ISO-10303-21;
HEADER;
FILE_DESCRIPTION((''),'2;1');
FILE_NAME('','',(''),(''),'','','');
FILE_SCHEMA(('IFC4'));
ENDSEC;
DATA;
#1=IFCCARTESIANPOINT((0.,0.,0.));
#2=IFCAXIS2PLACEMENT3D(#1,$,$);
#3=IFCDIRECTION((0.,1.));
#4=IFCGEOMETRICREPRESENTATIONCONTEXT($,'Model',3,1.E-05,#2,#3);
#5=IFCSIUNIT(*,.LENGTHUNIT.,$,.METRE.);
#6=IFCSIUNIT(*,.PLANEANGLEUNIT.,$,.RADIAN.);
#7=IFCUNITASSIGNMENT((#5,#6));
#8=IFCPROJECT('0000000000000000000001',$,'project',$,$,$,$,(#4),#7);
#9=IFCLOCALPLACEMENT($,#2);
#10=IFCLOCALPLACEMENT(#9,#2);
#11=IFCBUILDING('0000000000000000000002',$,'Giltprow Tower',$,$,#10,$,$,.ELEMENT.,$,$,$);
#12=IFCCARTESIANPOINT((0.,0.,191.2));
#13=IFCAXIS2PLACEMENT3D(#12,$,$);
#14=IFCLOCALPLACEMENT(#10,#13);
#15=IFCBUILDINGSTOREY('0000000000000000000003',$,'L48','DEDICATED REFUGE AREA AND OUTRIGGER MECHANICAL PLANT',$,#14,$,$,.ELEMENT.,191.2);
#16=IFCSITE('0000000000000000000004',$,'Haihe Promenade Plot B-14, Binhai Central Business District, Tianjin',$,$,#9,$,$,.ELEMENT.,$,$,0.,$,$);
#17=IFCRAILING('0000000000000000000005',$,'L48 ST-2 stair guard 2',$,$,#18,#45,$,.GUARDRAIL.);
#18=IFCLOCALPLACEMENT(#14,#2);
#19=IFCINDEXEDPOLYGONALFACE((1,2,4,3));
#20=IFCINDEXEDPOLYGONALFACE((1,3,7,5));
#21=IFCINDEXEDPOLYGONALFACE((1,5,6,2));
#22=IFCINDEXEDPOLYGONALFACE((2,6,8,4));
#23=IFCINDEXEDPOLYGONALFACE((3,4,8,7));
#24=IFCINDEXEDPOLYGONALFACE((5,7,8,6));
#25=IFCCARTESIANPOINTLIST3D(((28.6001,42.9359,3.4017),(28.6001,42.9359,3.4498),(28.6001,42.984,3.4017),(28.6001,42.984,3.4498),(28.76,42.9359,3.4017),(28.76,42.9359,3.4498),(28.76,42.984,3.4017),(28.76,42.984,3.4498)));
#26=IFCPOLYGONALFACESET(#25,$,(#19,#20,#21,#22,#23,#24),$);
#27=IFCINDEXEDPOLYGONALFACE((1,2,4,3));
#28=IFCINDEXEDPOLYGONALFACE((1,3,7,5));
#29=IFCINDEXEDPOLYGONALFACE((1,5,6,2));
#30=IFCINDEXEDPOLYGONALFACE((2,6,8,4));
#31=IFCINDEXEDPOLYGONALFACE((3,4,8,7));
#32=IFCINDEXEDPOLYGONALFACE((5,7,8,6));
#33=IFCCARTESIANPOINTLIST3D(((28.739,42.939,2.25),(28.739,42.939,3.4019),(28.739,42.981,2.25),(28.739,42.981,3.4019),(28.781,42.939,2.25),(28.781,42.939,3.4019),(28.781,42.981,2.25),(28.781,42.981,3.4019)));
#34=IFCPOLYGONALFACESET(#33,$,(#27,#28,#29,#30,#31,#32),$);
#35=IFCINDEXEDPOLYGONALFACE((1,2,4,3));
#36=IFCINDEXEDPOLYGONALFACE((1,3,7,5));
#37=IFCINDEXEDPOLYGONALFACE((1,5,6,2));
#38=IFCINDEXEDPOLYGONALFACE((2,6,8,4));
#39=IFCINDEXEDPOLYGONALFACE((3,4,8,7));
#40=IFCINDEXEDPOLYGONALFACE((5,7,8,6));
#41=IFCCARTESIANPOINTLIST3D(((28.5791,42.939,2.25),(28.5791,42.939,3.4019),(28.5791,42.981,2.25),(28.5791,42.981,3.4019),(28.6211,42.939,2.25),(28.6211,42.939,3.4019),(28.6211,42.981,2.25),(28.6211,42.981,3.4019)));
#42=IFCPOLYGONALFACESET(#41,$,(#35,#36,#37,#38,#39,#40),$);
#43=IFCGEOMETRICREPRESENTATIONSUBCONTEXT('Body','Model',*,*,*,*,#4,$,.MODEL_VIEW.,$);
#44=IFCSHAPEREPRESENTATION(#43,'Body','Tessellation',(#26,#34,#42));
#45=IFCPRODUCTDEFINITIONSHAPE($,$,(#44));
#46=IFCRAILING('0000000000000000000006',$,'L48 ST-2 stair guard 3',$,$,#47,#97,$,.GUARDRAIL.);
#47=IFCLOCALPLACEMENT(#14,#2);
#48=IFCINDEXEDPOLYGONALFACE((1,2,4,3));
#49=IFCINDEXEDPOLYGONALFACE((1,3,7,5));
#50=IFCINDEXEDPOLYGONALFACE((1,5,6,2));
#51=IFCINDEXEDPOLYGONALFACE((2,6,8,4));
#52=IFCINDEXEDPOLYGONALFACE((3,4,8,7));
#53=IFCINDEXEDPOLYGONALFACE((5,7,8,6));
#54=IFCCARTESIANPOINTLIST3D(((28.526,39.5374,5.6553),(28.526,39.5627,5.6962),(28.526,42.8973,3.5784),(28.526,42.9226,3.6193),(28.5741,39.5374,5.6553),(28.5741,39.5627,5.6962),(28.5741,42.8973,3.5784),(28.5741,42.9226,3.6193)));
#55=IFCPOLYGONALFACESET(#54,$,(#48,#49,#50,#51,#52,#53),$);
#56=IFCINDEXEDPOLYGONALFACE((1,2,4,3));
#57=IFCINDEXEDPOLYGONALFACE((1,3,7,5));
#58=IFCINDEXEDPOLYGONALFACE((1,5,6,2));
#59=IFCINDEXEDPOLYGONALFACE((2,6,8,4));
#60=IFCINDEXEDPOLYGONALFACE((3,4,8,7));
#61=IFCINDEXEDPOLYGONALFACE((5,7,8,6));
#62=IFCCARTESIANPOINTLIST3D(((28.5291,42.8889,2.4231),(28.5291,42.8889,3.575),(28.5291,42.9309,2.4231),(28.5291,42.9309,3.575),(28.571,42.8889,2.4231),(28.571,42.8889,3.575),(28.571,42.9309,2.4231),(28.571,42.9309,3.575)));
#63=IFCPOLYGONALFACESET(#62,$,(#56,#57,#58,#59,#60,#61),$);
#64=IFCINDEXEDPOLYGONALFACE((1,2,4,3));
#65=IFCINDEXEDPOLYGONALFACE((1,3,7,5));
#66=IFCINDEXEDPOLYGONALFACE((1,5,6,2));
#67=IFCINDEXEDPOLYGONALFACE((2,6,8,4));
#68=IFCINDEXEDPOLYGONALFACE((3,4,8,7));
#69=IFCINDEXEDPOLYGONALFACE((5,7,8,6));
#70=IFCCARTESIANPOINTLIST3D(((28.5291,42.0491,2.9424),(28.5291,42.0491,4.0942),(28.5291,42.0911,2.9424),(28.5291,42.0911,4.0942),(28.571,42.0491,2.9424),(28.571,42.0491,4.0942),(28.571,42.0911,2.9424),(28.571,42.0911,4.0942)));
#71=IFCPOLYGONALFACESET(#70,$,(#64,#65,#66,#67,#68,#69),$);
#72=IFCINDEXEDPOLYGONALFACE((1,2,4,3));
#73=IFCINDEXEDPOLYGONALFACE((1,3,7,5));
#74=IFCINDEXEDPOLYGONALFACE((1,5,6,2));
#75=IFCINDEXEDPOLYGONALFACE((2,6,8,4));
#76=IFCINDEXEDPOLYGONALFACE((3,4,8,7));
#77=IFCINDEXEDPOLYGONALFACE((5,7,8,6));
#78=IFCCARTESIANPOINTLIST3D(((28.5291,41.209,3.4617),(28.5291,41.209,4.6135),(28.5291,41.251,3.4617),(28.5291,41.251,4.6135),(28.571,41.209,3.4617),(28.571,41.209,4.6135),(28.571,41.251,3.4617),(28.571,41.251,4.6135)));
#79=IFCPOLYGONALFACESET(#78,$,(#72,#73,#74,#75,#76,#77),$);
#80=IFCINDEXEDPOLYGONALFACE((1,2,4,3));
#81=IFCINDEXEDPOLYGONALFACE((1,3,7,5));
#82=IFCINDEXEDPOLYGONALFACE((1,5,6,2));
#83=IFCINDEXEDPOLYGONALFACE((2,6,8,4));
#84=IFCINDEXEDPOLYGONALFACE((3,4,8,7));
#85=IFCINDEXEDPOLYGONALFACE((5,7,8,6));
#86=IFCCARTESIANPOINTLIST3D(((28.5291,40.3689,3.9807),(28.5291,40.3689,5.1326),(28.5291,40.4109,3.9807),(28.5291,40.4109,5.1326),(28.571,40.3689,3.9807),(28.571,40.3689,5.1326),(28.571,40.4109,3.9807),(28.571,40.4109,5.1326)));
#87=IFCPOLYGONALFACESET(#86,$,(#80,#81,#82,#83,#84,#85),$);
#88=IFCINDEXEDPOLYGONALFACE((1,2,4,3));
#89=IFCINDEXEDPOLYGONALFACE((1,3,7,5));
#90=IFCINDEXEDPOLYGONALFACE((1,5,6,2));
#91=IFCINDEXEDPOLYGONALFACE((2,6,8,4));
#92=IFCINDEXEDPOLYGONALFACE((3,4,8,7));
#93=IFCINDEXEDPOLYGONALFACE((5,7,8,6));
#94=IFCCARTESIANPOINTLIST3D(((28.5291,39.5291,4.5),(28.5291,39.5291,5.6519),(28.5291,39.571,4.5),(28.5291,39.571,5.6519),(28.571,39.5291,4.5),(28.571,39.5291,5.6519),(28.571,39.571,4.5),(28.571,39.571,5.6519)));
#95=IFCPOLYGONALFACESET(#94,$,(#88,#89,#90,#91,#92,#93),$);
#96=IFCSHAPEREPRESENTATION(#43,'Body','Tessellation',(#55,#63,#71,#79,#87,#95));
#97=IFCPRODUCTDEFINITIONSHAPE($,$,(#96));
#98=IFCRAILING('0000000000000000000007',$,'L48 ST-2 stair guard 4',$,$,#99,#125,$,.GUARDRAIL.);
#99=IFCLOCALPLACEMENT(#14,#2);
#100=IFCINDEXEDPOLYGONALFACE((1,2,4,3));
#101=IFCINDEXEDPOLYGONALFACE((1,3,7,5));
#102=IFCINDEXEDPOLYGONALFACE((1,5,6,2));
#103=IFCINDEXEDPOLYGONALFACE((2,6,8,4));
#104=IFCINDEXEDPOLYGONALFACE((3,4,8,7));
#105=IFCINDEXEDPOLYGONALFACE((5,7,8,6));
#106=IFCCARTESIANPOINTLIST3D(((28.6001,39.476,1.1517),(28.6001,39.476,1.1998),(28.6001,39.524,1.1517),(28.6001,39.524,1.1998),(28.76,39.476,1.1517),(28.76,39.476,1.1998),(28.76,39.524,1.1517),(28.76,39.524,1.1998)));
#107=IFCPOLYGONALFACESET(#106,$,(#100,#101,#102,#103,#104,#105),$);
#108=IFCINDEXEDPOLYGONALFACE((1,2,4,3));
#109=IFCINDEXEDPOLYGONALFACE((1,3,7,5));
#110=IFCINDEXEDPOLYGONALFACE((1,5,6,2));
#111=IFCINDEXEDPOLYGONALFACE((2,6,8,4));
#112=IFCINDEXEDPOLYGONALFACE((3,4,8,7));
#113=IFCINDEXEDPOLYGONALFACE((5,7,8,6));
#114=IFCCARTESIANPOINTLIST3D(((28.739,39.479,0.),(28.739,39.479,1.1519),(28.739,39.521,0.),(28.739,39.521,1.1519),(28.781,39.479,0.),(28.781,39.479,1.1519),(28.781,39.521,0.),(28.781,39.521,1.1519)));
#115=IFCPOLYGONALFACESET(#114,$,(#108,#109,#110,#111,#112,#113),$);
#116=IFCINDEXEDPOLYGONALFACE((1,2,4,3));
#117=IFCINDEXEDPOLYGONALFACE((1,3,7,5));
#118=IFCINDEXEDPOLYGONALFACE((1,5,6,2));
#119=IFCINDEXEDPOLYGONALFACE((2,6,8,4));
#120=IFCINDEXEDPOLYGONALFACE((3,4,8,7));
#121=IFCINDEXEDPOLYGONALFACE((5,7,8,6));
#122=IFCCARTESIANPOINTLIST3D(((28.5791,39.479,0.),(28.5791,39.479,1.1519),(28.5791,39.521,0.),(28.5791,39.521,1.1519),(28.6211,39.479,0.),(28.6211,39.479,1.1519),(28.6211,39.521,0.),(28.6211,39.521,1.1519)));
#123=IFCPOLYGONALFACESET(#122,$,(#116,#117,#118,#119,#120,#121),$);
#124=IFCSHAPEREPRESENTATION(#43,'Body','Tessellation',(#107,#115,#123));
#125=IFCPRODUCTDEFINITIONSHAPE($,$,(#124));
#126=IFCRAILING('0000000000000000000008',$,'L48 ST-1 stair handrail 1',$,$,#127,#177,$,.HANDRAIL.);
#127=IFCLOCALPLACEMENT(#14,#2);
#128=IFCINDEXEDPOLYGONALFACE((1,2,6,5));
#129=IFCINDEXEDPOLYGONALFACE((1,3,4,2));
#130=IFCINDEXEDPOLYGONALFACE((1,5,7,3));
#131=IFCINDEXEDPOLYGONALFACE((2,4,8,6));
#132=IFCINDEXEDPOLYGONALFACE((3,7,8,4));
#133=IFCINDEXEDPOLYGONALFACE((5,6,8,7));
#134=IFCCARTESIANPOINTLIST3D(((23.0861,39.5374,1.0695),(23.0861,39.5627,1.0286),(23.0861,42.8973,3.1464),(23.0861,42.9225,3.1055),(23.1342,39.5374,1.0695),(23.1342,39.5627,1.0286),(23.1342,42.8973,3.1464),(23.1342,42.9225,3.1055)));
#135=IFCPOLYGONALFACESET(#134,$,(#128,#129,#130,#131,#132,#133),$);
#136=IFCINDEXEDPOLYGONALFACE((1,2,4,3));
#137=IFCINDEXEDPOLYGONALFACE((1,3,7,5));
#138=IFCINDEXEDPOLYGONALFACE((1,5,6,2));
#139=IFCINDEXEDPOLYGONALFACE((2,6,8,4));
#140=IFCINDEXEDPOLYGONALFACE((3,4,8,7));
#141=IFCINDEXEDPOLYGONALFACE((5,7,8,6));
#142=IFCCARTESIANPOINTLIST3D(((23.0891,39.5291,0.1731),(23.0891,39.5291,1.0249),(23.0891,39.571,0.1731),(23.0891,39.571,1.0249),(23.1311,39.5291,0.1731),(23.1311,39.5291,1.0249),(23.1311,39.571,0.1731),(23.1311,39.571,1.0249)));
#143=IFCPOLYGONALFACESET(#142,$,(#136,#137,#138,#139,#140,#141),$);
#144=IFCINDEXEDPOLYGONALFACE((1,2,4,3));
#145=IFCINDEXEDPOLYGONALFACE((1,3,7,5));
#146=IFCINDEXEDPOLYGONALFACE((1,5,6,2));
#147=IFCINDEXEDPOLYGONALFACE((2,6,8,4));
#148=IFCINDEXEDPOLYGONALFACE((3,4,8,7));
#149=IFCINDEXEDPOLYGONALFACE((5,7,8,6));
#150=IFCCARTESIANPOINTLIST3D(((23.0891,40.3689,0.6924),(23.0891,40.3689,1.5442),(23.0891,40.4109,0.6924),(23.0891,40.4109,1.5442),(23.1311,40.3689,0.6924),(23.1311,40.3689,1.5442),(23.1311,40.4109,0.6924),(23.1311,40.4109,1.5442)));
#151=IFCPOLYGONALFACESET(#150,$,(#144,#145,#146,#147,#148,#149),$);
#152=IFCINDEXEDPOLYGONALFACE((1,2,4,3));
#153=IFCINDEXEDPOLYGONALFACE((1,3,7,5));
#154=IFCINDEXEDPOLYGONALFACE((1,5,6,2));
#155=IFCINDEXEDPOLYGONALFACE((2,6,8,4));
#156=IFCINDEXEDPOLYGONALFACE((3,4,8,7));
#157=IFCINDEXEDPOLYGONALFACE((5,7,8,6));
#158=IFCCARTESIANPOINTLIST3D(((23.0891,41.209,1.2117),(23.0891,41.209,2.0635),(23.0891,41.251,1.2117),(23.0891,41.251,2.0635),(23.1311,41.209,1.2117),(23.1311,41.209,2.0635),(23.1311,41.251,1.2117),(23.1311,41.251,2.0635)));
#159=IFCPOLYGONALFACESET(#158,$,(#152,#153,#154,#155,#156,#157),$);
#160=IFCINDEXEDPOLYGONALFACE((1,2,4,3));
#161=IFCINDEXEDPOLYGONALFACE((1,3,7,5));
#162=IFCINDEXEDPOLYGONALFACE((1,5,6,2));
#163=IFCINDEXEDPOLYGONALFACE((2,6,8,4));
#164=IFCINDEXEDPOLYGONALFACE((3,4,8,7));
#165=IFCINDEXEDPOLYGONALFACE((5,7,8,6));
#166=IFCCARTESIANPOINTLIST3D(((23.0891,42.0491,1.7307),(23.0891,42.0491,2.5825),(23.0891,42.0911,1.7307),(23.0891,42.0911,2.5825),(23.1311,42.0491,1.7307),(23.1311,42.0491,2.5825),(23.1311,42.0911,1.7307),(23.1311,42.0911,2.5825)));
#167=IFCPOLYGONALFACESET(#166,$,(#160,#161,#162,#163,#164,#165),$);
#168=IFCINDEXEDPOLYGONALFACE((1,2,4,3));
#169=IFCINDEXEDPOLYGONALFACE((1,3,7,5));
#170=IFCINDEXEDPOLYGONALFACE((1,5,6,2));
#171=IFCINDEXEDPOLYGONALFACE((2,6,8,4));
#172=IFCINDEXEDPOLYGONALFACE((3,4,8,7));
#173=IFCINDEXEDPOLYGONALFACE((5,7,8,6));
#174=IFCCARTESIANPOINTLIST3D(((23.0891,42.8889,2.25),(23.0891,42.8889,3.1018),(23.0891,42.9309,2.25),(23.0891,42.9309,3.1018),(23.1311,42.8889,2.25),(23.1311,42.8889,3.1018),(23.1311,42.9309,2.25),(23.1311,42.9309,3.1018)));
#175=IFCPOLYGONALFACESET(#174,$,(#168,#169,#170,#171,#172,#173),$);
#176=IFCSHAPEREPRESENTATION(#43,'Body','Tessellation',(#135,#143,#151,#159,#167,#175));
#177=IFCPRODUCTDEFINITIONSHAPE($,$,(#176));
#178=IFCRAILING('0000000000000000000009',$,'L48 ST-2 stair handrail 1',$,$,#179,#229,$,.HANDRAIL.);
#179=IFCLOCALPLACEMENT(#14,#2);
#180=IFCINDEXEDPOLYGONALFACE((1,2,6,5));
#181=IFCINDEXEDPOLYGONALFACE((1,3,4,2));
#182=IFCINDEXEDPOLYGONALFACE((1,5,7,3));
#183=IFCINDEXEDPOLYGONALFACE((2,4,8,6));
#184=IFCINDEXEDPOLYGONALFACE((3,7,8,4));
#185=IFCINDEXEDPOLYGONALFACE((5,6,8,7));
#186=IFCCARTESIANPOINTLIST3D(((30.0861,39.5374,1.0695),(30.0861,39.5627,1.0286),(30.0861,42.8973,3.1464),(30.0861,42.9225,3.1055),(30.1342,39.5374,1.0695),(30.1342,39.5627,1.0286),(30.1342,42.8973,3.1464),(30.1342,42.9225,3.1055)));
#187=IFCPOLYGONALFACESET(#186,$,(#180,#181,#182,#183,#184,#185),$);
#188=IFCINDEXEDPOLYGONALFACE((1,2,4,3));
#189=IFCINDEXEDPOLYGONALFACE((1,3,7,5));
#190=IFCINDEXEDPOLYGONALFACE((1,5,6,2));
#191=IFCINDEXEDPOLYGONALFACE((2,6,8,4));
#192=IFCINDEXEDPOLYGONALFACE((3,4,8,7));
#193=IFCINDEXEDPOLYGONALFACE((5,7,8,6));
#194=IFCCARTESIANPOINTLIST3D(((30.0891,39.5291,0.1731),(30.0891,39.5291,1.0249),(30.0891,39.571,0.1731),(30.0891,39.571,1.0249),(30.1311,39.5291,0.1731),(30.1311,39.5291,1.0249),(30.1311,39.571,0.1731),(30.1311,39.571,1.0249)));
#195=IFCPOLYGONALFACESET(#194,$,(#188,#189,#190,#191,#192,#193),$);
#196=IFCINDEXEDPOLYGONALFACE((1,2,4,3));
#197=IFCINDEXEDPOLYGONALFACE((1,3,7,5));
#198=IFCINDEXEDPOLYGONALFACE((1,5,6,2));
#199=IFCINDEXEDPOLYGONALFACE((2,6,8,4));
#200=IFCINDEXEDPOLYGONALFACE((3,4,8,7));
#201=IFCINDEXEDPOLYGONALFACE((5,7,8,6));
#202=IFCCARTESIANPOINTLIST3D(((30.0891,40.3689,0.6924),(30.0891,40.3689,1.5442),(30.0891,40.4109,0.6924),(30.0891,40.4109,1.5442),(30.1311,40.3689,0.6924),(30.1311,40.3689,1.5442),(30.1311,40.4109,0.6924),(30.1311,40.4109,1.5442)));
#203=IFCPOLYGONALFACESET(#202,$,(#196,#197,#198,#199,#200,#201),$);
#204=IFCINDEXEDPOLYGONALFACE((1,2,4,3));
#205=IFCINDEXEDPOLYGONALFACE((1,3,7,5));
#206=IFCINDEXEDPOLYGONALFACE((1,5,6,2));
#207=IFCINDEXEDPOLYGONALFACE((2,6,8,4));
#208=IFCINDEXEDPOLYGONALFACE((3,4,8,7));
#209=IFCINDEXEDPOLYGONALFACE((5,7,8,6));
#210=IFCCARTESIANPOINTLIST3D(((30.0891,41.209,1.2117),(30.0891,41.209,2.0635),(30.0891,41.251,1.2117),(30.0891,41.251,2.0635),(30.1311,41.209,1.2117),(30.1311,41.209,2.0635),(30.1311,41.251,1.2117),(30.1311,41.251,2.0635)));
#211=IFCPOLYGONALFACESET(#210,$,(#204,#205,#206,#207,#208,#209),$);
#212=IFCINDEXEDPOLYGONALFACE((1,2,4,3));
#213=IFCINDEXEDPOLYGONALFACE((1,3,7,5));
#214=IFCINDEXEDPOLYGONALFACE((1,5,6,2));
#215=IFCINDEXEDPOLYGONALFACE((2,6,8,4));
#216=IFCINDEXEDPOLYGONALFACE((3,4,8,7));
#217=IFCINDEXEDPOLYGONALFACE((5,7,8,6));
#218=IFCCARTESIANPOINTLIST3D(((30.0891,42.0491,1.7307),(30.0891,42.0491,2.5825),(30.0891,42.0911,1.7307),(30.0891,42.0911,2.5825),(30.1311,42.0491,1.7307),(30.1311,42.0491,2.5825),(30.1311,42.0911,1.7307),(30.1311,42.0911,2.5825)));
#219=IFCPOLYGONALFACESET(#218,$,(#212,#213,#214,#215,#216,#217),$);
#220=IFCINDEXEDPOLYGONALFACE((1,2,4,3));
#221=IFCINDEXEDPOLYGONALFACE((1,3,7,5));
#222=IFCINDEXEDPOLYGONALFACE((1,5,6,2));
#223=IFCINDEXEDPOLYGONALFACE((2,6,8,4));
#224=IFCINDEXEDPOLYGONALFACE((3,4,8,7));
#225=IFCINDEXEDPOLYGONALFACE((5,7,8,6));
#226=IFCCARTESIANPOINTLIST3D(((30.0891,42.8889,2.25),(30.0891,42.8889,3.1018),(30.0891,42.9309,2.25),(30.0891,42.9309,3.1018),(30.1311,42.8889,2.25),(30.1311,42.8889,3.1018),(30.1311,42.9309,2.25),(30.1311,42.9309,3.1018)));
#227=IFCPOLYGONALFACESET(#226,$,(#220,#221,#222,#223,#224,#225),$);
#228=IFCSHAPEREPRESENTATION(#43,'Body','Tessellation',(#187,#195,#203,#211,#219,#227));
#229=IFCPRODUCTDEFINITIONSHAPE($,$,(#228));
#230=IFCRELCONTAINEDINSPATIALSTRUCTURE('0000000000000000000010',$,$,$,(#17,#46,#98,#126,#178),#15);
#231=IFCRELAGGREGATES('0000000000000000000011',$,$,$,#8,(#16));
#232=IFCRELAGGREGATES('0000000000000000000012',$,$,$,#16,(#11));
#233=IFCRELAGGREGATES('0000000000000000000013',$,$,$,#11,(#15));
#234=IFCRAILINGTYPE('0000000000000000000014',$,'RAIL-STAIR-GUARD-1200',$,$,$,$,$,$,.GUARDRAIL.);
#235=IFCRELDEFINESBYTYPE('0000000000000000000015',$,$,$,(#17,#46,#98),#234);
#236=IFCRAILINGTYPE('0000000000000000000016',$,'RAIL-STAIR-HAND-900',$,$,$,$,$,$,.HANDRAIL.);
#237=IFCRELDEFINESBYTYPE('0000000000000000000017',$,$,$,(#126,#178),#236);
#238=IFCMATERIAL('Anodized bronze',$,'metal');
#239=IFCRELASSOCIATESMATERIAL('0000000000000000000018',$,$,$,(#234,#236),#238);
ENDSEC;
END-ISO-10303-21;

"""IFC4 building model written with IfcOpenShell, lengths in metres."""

from ifc_helpers import new_model, si_unit, direction, frame, origin, origin_2d, place, context, subcontext, project, spatial, rectangle, extrude, material, type_object, element, save


model = new_model("IFC4")

# Units and contexts
model_context = context("Model", 3, precision=1e-05, world=origin(), true_north=direction((0.0, 1.0)))
body_context = subcontext(model_context, "Body", "Model", "MODEL_VIEW")
ifc_project = project(units=[si_unit("LENGTHUNIT", "METRE"), si_unit("PLANEANGLEUNIT", "RADIAN")], contexts=[model_context])

# Site, building, storey
site_placement = place(None, origin())
site = spatial("IfcSite", under=ifc_project, at=site_placement, Name="Haihe Promenade Plot B-14, Binhai Central Business District, Tianjin", CompositionType="ELEMENT", RefElevation=0.0)
building_placement = place(site_placement, origin())
building = spatial("IfcBuilding", under=site, at=building_placement, Name="Giltprow Tower", CompositionType="ELEMENT")
storey_placement = place(building_placement, frame((0.0, 0.0, 191.2)))
storey = spatial("IfcBuildingStorey", under=building, at=storey_placement, Name="L48", Description="DEDICATED REFUGE AREA AND OUTRIGGER MECHANICAL PLANT", CompositionType="ELEMENT", Elevation=191.2)

# Railings
ifc_material_1 = material(Name="Anodized bronze", Category="metal")
railing_type_1 = type_object("IfcRailingType", Name="RAIL-STAIR-GUARD-1200", PredefinedType="GUARDRAIL", material=ifc_material_1)
railing_1_placement = place(storey_placement, frame((28.76, 42.96, 2.25)))
element("IfcRailing", 1, at=railing_1_placement, inside=storey, type_object=railing_type_1, Name="L48 ST-2 stair guard 2", PredefinedType="GUARDRAIL", context=body_context, shape_type="SweptSolid", body=[
    extrude(rectangle(XDim=0.0481, YDim=0.0481, at=origin_2d()), frame((0.0, 0.0, 1.1758), z_axis=(-1.0, 0.0, 0.0), x_axis=(0.0, -1.0, 0.0)), (0.0, 0.0, 1.0), 0.1599),
    extrude(rectangle(XDim=0.042, YDim=0.042, at=origin_2d()), origin(), (0.0, 0.0, 1.0), 1.1519),
    extrude(rectangle(XDim=0.042, YDim=0.042, at=origin_2d()), frame((-0.1599, 0.0, 0.0)), (0.0, 0.0, 1.0), 1.1519),
])
railing_2_placement = place(storey_placement, frame((28.55, 42.9099, 2.4231)))
element("IfcRailing", 2, at=railing_2_placement, inside=storey, type_object=railing_type_1, Name="L48 ST-2 stair guard 3", PredefinedType="GUARDRAIL", context=body_context, shape_type="SweptSolid", body=[
    extrude(rectangle(XDim=0.0481, YDim=0.0481, at=origin_2d()), frame((0.0, 0.0, 1.1758), z_axis=(0.0, -0.850606, 0.525803), x_axis=(1.0, 0.0, 0.0)), (0.0, 0.0, 1.0), 3.95),
    extrude(rectangle(XDim=0.042, YDim=0.042, at=origin_2d()), origin(), (0.0, 0.0, 1.0), 1.1519),
    extrude(rectangle(XDim=0.042, YDim=0.042, at=origin_2d()), frame((0.0, -0.8398, 0.5193)), (0.0, 0.0, 1.0), 1.1519),
    extrude(rectangle(XDim=0.042, YDim=0.042, at=origin_2d()), frame((0.0, -1.6799, 1.0386)), (0.0, 0.0, 1.0), 1.1519),
    extrude(rectangle(XDim=0.042, YDim=0.042, at=origin_2d()), frame((0.0, -2.52, 1.5576)), (0.0, 0.0, 1.0), 1.1519),
    extrude(rectangle(XDim=0.042, YDim=0.042, at=origin_2d()), frame((0.0, -3.3599, 2.0769)), (0.0, 0.0, 1.0), 1.1519),
])
railing_3_placement = place(storey_placement, frame((28.76, 39.5, 0.0)))
element("IfcRailing", 3, at=railing_3_placement, inside=storey, type_object=railing_type_1, Name="L48 ST-2 stair guard 4", PredefinedType="GUARDRAIL", context=body_context, shape_type="SweptSolid", body=[
    extrude(rectangle(XDim=0.0481, YDim=0.0481, at=origin_2d()), frame((0.0, 0.0, 1.1758), z_axis=(-1.0, 0.0, 0.0), x_axis=(0.0, -1.0, 0.0)), (0.0, 0.0, 1.0), 0.1599),
    extrude(rectangle(XDim=0.042, YDim=0.042, at=origin_2d()), origin(), (0.0, 0.0, 1.0), 1.1519),
    extrude(rectangle(XDim=0.042, YDim=0.042, at=origin_2d()), frame((-0.1599, 0.0, 0.0)), (0.0, 0.0, 1.0), 1.1519),
])
railing_type_2 = type_object("IfcRailingType", Name="RAIL-STAIR-HAND-900", PredefinedType="HANDRAIL", material=ifc_material_1)
for number, where, name in (
    (4, (23.1101, 39.55, 0.1731), "L48 ST-1 stair handrail 1"),
    (5, (30.1101, 39.55, 0.1731), "L48 ST-2 stair handrail 1"),
):
    element("IfcRailing", number, at=place(storey_placement, frame(where)), inside=storey, type_object=railing_type_2, Name=name, PredefinedType="HANDRAIL", context=body_context, shape_type="SweptSolid", body=[
        extrude(rectangle(XDim=0.0481, YDim=0.0481, at=origin_2d()), frame((0.0, 0.0, 0.876), z_axis=(0.0, 0.850606, 0.525803), x_axis=(-1.0, 0.0, 0.0)), (0.0, 0.0, 1.0), 3.95),
        extrude(rectangle(XDim=0.042, YDim=0.042, at=origin_2d()), origin(), (0.0, 0.0, 1.0), 0.8518),
        extrude(rectangle(XDim=0.042, YDim=0.042, at=origin_2d()), frame((0.0, 0.8398, 0.5193)), (0.0, 0.0, 1.0), 0.8518),
        extrude(rectangle(XDim=0.042, YDim=0.042, at=origin_2d()), frame((0.0, 1.6799, 1.0386)), (0.0, 0.0, 1.0), 0.8518),
        extrude(rectangle(XDim=0.042, YDim=0.042, at=origin_2d()), frame((0.0, 2.52, 1.5576)), (0.0, 0.0, 1.0), 0.8518),
        extrude(rectangle(XDim=0.042, YDim=0.042, at=origin_2d()), frame((0.0, 3.3599, 2.0769)), (0.0, 0.0, 1.0), 0.8518),
    ])

save(model, "model.ifc")
